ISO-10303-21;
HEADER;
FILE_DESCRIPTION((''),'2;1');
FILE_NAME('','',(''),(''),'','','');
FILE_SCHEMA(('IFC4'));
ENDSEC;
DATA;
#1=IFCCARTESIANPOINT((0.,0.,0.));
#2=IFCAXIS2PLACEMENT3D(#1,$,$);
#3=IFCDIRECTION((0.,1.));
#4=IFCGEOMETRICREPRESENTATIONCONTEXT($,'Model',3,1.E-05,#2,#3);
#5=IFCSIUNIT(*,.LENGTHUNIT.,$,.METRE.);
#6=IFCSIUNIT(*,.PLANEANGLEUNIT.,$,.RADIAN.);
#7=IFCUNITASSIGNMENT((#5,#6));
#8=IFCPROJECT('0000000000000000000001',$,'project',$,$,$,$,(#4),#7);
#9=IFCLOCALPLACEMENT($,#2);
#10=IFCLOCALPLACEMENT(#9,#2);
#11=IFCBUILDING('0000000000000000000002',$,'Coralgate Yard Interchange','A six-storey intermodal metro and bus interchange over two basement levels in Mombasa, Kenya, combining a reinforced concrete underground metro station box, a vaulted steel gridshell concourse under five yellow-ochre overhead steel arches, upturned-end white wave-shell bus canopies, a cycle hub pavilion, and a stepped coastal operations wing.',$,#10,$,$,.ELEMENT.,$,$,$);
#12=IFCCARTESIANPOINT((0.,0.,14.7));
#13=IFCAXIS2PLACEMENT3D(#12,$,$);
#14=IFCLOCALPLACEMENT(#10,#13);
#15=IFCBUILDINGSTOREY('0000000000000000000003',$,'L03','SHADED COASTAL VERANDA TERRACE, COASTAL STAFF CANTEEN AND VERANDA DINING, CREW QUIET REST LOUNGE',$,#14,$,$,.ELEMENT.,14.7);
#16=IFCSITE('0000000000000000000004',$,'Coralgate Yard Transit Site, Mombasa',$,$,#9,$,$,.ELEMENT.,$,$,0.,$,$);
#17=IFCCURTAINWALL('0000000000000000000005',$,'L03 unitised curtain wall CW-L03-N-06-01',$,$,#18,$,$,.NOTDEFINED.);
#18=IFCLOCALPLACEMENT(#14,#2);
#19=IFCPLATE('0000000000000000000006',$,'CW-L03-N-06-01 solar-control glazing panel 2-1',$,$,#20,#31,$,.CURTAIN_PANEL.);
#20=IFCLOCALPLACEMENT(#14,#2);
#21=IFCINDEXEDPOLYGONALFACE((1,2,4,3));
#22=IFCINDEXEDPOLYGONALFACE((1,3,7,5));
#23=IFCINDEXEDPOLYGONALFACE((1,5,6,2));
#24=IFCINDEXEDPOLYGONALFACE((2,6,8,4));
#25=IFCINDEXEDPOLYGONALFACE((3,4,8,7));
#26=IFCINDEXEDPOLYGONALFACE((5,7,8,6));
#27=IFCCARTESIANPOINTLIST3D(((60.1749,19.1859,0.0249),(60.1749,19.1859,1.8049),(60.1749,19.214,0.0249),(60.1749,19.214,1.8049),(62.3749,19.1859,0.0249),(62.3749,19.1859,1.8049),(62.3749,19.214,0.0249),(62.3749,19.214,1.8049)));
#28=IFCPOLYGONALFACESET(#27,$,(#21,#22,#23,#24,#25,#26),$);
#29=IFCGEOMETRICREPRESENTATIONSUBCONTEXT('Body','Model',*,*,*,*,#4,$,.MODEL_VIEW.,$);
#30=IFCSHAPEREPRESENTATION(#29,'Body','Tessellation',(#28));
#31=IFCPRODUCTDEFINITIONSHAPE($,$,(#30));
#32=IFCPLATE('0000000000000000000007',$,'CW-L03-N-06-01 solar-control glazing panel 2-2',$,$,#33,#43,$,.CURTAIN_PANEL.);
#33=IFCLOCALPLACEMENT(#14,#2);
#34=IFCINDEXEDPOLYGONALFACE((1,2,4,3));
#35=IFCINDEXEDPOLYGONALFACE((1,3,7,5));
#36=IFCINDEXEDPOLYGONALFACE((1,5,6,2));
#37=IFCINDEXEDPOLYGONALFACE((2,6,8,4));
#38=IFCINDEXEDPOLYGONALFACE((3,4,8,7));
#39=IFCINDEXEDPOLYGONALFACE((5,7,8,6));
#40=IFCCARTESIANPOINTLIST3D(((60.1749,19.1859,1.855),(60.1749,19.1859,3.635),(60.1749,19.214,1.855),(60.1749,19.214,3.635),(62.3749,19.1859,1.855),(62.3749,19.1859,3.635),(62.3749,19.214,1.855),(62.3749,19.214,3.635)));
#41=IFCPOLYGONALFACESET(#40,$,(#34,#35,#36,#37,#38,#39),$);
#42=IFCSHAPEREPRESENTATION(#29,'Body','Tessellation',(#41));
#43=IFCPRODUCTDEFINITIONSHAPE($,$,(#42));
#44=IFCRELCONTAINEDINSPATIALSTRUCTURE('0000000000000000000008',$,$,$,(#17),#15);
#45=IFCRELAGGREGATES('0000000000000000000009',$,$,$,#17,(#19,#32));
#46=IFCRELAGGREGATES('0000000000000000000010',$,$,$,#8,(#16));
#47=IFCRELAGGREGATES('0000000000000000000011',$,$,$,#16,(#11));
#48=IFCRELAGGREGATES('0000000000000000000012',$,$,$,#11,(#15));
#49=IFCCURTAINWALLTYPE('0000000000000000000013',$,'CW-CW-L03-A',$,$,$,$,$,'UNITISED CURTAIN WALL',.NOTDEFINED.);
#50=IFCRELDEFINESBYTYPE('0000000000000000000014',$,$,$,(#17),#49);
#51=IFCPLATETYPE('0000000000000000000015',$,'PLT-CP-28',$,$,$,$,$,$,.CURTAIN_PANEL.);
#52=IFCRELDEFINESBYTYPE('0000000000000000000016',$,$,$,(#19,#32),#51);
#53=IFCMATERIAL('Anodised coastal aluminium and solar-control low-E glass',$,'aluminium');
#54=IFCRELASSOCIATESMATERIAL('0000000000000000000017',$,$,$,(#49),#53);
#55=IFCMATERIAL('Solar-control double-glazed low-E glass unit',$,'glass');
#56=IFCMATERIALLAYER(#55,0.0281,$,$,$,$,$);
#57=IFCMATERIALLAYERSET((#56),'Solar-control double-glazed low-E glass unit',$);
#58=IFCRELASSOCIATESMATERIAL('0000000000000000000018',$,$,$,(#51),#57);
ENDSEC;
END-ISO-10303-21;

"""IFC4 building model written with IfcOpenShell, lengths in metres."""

from ifc_helpers import new_model, si_unit, direction, frame, origin, origin_2d, place, context, subcontext, project, spatial, rectangle, extrude, material, layer, layer_set, type_object, element, aggregate, save


model = new_model("IFC4")

# Units and contexts
model_context = context("Model", 3, precision=1e-05, world=origin(), true_north=direction((0.0, 1.0)))
body_context = subcontext(model_context, "Body", "Model", "MODEL_VIEW")
ifc_project = project(units=[si_unit("LENGTHUNIT", "METRE"), si_unit("PLANEANGLEUNIT", "RADIAN")], contexts=[model_context])

# Site, building, storey
site_placement = place(None, origin())
site = spatial("IfcSite", under=ifc_project, at=site_placement, Name="Coralgate Yard Transit Site, Mombasa", CompositionType="ELEMENT", RefElevation=0.0)
building_placement = place(site_placement, origin())
building = spatial("IfcBuilding", under=site, at=building_placement, Name="Coralgate Yard Interchange", Description="A six-storey intermodal metro and bus interchange over two basement levels in Mombasa, Kenya, combining a reinforced concrete underground metro station box, a vaulted steel gridshell concourse under five yellow-ochre overhead steel arches, upturned-end white wave-shell bus canopies, a cycle hub pavilion, and a stepped coastal operations wing.", CompositionType="ELEMENT")
storey_placement = place(building_placement, frame((0.0, 0.0, 14.7)))
storey = spatial("IfcBuildingStorey", under=building, at=storey_placement, Name="L03", Description="SHADED COASTAL VERANDA TERRACE, COASTAL STAFF CANTEEN AND VERANDA DINING, CREW QUIET REST LOUNGE", CompositionType="ELEMENT", Elevation=14.7)

# Shared definitions
ifc_material_1 = material(Name="Anodised coastal aluminium and solar-control low-E glass", Category="aluminium")
curtain_wall_type = type_object("IfcCurtainWallType", Name="CW-CW-L03-A", ElementType="UNITISED CURTAIN WALL", PredefinedType="NOTDEFINED", material=ifc_material_1)

# Curtain wall
curtain_wall_1_placement = place(storey_placement, origin())
curtain_wall_1 = element("IfcCurtainWall", 1, at=curtain_wall_1_placement, inside=storey, type_object=curtain_wall_type, Name="L03 unitised curtain wall CW-L03-N-06-01", PredefinedType="NOTDEFINED")

# Plates
ifc_material_2 = material(Name="Solar-control double-glazed low-E glass unit", Category="glass")
ifc_layer = layer(ifc_material_2, 0.0281)
ifc_layer_set = layer_set([ifc_layer], Name="Solar-control double-glazed low-E glass unit")
plate_type = type_object("IfcPlateType", Name="PLT-CP-28", PredefinedType="CURTAIN_PANEL", material=ifc_layer_set)
plate_1_placement = place(storey_placement, frame((61.2749, 19.2, 0.0249), z_axis=(0.0, 0.0, 1.0), x_axis=(1.0, 0.0, 0.0)))
plate_1 = element("IfcPlate", 2, at=plate_1_placement, type_object=plate_type, Name="CW-L03-N-06-01 solar-control glazing panel 2-1", PredefinedType="CURTAIN_PANEL", context=body_context, shape_type="SweptSolid", body=[
    extrude(rectangle(XDim=2.2, YDim=0.0281, at=origin_2d()), origin(), (0.0, 0.0, 1.0), 1.78),
])
plate_2_placement = place(storey_placement, frame((61.2749, 19.2, 1.855), z_axis=(0.0, 0.0, 1.0), x_axis=(1.0, 0.0, 0.0)))
plate_2 = element("IfcPlate", 3, at=plate_2_placement, type_object=plate_type, Name="CW-L03-N-06-01 solar-control glazing panel 2-2", PredefinedType="CURTAIN_PANEL", context=body_context, shape_type="SweptSolid", body=[
    extrude(rectangle(XDim=2.2, YDim=0.0281, at=origin_2d()), origin(), (0.0, 0.0, 1.0), 1.78),
])
aggregate(curtain_wall_1, [plate_1, plate_2])

save(model, "model.ifc")
